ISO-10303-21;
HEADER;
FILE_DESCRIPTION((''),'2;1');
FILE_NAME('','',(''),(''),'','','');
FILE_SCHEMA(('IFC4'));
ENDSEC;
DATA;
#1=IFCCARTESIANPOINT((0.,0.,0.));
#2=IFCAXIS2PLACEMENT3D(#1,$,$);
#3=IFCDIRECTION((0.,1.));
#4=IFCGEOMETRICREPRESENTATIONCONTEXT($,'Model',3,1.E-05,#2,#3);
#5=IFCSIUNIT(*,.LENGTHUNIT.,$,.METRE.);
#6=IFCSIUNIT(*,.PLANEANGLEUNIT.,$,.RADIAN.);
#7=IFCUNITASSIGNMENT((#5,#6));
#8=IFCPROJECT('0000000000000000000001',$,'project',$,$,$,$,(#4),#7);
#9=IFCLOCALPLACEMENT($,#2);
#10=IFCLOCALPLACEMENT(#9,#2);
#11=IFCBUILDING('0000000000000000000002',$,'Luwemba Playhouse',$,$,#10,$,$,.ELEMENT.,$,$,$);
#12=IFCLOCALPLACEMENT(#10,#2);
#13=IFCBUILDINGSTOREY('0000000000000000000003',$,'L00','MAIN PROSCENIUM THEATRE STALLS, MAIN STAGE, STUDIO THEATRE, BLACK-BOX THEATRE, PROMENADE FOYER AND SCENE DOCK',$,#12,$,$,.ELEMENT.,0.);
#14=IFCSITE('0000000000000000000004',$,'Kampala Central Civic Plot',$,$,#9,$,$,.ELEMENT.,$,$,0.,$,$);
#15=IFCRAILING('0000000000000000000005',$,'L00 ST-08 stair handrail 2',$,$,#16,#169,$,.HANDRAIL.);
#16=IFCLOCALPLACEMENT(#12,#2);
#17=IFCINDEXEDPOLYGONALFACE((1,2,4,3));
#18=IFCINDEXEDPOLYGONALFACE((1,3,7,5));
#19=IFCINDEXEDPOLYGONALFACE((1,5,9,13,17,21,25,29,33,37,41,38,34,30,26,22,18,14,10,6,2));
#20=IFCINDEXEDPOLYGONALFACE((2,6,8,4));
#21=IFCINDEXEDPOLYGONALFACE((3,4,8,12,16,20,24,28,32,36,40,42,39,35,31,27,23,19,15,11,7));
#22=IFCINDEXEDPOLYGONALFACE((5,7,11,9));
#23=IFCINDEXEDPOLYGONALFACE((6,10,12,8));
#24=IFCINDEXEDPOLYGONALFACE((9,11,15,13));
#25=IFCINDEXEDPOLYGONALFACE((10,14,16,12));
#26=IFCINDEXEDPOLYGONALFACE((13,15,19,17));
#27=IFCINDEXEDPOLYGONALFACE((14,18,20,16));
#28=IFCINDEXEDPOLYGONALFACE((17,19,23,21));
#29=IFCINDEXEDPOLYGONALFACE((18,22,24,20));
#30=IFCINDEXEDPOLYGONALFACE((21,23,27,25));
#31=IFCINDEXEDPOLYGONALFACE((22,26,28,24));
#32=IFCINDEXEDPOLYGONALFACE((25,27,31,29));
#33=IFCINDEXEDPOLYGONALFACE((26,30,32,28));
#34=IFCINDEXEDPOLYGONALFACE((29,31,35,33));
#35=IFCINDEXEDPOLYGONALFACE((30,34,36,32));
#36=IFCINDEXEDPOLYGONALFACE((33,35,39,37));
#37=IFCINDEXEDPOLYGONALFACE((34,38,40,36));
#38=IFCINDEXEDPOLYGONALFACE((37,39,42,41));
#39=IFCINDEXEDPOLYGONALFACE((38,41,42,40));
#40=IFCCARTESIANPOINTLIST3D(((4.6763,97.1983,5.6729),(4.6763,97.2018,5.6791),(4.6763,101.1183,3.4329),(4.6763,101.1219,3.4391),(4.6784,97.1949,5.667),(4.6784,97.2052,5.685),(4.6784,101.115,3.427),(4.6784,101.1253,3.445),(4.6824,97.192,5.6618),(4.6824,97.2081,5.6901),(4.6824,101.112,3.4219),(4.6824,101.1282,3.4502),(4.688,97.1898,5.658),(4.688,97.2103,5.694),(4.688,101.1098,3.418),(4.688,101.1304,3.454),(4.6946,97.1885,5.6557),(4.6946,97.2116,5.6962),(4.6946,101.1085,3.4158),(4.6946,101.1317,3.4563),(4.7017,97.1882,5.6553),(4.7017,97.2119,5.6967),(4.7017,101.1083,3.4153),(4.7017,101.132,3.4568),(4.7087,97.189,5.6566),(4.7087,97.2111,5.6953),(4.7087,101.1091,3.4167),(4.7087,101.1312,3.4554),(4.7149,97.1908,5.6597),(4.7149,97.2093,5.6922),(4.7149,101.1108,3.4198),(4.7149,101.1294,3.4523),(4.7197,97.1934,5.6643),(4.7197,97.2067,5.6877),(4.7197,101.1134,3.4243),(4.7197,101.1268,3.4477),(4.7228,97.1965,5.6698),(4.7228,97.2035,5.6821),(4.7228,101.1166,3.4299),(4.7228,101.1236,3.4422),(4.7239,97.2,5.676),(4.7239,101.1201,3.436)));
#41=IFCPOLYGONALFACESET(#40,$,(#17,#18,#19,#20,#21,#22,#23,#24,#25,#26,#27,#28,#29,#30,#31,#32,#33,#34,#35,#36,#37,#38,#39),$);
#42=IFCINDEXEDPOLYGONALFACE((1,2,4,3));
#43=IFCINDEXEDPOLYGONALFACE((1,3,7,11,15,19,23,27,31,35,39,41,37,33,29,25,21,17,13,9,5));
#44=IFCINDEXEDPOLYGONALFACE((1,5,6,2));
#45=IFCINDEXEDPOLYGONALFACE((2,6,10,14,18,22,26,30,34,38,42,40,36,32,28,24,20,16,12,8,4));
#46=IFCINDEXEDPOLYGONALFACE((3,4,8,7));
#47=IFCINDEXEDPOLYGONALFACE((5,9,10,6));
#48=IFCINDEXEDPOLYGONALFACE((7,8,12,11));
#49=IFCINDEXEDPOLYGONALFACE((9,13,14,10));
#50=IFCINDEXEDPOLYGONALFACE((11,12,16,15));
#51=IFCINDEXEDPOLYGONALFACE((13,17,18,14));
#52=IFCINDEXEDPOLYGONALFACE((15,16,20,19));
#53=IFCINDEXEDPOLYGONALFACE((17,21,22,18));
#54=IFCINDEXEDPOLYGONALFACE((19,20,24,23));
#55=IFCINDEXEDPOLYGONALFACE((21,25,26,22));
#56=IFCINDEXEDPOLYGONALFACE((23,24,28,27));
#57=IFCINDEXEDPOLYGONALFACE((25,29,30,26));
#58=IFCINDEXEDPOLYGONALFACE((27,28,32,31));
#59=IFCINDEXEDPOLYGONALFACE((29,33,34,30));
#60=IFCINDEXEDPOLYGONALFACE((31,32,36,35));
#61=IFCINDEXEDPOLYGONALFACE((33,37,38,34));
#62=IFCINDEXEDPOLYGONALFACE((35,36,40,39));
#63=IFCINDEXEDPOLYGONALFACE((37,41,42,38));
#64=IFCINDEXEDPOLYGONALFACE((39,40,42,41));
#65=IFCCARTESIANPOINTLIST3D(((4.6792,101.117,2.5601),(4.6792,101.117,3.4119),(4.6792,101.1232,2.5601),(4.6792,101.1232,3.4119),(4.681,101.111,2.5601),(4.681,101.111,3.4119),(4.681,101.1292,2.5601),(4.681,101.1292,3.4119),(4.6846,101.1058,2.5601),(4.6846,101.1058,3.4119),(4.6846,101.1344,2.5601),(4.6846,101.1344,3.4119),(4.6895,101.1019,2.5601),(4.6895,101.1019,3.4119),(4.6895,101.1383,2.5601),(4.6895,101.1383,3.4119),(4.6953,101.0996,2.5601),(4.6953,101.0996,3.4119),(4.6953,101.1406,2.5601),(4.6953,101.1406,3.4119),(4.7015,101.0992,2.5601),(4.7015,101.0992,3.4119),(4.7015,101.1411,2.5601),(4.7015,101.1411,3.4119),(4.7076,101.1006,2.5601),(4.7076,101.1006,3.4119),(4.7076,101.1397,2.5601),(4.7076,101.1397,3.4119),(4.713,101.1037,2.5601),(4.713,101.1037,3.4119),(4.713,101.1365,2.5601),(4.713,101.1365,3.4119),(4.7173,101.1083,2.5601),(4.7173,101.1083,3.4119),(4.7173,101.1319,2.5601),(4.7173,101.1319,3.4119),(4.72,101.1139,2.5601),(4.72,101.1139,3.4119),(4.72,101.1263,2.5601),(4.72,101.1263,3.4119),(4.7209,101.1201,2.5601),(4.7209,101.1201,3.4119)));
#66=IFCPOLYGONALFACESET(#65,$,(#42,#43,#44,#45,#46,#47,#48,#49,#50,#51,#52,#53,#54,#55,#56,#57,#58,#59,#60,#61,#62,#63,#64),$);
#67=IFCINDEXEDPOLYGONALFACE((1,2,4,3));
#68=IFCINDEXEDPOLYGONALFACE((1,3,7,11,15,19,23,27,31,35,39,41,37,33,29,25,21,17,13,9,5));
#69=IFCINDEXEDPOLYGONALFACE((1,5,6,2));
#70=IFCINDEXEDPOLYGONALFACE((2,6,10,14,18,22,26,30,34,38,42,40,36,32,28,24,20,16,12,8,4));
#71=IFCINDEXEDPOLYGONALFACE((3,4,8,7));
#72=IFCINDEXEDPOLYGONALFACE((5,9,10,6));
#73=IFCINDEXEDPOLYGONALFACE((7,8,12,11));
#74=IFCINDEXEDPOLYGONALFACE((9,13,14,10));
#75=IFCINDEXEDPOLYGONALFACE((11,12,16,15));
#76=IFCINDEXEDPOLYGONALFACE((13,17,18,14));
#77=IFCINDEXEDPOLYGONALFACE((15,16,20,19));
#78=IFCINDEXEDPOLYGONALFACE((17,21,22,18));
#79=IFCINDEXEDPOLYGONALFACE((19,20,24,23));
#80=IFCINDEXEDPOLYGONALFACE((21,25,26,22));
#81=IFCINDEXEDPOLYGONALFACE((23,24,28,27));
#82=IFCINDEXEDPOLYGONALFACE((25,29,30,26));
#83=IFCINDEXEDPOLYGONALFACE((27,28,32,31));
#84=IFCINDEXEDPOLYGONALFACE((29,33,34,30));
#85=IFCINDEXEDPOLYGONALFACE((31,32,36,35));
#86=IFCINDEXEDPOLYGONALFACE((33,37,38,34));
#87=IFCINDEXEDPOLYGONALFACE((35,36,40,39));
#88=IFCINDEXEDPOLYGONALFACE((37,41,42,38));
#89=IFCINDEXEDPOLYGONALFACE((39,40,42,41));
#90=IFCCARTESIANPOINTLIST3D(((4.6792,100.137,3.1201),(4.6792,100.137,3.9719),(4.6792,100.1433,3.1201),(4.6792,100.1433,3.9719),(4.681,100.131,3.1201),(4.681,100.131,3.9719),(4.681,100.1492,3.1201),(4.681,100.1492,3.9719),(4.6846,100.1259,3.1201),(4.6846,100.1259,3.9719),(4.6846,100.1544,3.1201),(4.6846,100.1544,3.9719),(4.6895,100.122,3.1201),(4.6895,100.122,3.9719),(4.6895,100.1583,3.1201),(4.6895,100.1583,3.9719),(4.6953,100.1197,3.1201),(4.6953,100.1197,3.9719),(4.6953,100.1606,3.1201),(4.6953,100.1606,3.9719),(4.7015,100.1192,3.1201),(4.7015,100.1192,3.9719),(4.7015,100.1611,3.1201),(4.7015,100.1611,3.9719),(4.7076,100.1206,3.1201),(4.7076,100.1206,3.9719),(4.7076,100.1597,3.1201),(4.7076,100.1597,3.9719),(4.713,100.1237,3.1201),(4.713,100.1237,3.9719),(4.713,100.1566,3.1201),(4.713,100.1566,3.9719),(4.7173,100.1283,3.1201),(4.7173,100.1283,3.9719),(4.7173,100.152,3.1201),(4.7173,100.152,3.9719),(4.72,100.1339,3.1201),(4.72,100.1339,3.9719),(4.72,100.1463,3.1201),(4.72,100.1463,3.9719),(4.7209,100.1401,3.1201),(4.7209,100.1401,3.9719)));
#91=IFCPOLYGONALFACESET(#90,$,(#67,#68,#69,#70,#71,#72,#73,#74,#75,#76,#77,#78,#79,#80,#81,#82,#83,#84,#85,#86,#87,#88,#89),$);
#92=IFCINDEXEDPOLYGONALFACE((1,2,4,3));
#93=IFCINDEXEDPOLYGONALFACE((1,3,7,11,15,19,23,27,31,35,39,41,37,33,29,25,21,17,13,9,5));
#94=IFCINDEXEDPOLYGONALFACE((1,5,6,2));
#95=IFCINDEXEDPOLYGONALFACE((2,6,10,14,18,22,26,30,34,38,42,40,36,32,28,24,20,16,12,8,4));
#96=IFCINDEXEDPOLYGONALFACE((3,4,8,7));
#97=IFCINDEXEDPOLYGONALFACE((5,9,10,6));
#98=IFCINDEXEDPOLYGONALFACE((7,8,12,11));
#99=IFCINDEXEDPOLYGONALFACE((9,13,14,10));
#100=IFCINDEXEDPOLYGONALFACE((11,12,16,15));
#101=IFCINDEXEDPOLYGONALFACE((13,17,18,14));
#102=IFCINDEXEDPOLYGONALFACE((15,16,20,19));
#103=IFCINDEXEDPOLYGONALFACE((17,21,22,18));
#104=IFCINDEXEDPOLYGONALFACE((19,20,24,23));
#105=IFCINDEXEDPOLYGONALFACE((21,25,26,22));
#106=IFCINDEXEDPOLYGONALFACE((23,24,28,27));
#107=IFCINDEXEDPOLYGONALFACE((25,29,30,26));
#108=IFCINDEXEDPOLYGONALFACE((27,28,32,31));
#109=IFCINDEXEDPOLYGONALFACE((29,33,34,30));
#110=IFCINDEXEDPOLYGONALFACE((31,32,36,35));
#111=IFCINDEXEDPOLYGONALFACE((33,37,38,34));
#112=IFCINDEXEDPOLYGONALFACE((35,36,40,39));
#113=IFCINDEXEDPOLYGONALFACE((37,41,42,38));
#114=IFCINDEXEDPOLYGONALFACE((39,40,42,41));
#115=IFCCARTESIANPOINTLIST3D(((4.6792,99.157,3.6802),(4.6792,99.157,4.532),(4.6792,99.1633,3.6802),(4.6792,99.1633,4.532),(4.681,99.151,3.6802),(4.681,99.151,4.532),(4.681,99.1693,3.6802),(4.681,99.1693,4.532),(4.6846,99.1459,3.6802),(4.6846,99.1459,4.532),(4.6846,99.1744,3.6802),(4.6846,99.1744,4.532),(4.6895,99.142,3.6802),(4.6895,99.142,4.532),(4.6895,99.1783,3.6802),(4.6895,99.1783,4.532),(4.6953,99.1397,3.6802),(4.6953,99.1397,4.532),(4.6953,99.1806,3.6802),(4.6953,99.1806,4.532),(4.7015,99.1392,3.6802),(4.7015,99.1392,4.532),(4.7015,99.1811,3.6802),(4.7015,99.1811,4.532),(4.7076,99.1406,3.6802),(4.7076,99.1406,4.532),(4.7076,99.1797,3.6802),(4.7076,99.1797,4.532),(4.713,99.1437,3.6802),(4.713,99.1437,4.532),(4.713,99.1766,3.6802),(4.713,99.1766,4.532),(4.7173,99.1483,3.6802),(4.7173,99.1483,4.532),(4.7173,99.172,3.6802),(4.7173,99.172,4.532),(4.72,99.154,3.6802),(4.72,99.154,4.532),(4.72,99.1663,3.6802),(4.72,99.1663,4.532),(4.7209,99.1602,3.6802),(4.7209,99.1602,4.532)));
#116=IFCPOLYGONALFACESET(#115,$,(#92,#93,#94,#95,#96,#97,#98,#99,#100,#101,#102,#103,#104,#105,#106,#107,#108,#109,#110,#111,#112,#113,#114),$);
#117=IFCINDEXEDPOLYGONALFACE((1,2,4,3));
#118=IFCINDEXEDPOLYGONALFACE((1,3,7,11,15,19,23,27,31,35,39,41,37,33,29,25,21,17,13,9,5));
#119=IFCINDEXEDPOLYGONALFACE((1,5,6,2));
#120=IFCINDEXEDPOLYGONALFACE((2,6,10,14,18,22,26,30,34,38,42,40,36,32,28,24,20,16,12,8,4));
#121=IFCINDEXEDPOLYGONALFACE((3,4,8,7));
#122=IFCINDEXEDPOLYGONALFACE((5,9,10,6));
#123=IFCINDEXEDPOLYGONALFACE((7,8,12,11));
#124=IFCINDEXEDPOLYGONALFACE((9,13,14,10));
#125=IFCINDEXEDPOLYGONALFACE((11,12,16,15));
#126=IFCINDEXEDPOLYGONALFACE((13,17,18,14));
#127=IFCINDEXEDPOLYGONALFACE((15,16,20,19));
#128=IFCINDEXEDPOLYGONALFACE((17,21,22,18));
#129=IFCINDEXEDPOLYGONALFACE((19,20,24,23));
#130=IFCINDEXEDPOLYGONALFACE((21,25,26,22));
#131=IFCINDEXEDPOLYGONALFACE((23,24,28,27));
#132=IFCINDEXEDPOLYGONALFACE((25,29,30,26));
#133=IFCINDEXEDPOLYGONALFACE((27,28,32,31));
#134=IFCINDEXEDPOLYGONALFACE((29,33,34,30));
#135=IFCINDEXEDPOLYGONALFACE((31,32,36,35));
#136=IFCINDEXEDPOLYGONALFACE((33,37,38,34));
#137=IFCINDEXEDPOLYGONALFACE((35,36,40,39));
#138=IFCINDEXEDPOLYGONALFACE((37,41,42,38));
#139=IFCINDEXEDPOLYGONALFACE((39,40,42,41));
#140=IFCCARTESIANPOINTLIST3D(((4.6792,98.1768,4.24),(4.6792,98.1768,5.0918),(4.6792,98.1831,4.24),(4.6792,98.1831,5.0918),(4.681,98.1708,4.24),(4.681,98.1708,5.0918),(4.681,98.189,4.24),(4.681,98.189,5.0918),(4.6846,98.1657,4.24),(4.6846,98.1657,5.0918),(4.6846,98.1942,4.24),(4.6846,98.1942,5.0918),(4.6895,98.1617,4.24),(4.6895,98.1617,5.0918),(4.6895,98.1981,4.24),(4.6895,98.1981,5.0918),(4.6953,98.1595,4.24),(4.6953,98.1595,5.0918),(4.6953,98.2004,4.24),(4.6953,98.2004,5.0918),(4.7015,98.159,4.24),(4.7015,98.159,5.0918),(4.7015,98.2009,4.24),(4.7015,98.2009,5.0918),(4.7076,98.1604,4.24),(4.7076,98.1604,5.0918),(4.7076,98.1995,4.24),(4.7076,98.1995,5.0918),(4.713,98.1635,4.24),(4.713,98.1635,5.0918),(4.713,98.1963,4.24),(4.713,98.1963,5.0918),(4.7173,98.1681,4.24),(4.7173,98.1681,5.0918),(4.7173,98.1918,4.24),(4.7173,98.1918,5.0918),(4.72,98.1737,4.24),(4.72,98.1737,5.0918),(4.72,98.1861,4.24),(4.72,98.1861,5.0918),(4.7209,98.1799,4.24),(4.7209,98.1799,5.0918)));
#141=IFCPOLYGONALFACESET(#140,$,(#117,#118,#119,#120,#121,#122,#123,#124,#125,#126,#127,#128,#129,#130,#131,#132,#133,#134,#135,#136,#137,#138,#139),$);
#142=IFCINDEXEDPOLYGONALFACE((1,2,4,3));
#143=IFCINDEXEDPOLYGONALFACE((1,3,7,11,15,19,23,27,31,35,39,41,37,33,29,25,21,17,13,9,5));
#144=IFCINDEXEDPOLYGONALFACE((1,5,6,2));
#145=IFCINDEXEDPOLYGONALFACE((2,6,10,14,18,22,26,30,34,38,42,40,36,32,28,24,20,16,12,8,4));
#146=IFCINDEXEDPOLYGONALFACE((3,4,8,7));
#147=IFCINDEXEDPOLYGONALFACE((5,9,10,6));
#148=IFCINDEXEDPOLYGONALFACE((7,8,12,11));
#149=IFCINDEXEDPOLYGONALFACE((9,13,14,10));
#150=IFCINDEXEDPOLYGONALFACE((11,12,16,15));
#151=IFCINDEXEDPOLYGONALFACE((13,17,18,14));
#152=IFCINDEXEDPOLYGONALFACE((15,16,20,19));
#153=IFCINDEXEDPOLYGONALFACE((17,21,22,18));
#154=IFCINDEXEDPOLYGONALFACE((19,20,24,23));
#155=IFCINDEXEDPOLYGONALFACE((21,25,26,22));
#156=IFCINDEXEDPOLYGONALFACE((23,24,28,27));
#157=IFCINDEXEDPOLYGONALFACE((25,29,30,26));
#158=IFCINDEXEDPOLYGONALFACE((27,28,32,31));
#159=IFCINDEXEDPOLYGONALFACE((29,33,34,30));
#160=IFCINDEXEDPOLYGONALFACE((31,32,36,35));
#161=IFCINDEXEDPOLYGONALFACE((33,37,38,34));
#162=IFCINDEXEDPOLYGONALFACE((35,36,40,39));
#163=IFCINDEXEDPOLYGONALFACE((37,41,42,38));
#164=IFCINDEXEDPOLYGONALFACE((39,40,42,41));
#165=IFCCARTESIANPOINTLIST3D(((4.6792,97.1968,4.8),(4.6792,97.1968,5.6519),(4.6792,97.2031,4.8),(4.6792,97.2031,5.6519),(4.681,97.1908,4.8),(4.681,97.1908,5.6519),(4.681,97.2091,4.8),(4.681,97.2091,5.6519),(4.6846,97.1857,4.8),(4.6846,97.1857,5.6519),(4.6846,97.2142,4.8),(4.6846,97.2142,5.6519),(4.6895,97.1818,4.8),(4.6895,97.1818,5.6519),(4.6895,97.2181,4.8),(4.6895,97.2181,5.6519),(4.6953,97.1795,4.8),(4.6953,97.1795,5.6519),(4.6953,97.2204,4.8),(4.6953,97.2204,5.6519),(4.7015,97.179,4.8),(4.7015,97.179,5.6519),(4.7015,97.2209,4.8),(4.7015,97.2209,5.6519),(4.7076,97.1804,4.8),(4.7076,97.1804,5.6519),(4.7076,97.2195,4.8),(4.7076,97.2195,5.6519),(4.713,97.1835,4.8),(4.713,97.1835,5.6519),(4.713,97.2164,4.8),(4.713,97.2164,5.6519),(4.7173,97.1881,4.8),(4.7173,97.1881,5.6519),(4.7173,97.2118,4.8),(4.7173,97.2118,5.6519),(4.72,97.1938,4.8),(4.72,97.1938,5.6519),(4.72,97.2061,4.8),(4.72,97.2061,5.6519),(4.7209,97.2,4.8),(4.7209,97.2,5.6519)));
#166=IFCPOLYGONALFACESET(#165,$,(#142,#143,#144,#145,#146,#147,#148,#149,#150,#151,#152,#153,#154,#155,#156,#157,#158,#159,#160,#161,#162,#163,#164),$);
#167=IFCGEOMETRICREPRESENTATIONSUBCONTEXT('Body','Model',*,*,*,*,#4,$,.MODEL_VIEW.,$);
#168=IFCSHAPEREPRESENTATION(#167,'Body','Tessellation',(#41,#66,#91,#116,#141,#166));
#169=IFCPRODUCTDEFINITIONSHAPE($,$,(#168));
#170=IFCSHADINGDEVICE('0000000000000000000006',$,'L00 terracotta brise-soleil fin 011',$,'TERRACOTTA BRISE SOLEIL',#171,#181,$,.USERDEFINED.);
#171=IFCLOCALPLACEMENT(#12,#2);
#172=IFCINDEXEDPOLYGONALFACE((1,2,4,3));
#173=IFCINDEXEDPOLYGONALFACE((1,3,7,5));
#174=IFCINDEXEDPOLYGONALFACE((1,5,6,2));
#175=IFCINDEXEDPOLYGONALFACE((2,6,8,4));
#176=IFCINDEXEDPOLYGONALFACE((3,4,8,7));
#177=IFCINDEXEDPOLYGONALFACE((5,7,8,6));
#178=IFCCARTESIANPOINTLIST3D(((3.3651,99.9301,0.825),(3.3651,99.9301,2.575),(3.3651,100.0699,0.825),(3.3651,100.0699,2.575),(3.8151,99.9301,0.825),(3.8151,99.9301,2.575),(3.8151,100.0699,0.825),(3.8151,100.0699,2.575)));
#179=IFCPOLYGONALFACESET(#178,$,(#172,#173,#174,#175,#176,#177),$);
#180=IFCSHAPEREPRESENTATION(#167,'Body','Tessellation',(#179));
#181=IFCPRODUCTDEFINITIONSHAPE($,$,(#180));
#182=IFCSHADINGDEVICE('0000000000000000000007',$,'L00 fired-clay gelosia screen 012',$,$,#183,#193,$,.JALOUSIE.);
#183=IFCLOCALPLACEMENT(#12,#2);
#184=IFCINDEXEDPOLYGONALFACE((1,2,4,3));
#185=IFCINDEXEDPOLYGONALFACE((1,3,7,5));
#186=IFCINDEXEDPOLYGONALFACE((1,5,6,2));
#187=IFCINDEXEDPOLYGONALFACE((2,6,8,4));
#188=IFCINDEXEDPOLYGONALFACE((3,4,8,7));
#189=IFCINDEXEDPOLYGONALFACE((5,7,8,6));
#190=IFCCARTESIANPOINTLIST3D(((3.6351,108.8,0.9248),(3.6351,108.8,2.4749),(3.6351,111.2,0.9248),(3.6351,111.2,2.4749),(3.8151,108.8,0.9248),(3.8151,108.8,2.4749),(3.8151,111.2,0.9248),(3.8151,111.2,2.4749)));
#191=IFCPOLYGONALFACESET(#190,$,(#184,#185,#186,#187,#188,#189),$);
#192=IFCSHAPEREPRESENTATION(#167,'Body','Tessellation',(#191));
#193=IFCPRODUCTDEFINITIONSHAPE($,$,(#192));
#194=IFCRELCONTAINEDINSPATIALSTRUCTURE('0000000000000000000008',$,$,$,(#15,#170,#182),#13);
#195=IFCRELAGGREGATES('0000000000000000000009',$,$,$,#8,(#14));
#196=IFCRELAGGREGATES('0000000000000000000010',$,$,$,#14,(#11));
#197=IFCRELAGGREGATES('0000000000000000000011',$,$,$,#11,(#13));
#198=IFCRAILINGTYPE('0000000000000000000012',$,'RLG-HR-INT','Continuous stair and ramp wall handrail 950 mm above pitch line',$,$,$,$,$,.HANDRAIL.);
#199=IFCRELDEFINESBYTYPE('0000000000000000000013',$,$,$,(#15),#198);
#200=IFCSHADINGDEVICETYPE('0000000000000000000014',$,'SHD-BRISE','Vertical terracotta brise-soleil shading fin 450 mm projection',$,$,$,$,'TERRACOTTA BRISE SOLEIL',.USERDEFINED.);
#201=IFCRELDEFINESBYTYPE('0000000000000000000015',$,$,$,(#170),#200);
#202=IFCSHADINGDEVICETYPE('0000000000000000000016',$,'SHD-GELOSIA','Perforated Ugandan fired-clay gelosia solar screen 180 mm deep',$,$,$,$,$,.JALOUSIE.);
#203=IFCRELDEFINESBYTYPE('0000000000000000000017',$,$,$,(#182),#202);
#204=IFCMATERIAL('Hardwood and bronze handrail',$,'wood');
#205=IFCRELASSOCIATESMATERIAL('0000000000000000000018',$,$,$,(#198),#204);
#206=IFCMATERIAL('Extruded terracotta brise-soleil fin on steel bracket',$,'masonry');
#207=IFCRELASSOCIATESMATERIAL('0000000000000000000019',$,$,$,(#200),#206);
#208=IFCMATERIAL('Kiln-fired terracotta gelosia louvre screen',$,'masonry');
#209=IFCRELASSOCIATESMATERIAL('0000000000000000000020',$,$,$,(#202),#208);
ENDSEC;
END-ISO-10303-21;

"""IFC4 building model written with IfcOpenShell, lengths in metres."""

from ifc_helpers import new_model, si_unit, direction, frame, origin, origin_2d, place, context, subcontext, project, spatial, rectangle, circle, extrude, material, type_object, element, save


model = new_model("IFC4")

# Units and contexts
model_context = context("Model", 3, precision=1e-05, world=origin(), true_north=direction((0.0, 1.0)))
body_context = subcontext(model_context, "Body", "Model", "MODEL_VIEW")
ifc_project = project(units=[si_unit("LENGTHUNIT", "METRE"), si_unit("PLANEANGLEUNIT", "RADIAN")], contexts=[model_context])

# Site, building, storey
site_placement = place(None, origin())
site = spatial("IfcSite", under=ifc_project, at=site_placement, Name="Kampala Central Civic Plot", CompositionType="ELEMENT", RefElevation=0.0)
building_placement = place(site_placement, origin())
building = spatial("IfcBuilding", under=site, at=building_placement, Name="Luwemba Playhouse", CompositionType="ELEMENT")
storey_placement = place(building_placement, origin())
storey = spatial("IfcBuildingStorey", under=building, at=storey_placement, Name="L00", Description="MAIN PROSCENIUM THEATRE STALLS, MAIN STAGE, STUDIO THEATRE, BLACK-BOX THEATRE, PROMENADE FOYER AND SCENE DOCK", CompositionType="ELEMENT", Elevation=0.0)

# Railing
ifc_material_1 = material(Name="Hardwood and bronze handrail", Category="wood")
railing_type_1 = type_object("IfcRailingType", Name="RLG-HR-INT", Description="Continuous stair and ramp wall handrail 950 mm above pitch line", PredefinedType="HANDRAIL", material=ifc_material_1)
railing_1_placement = place(storey_placement, frame((4.7, 101.1201, 2.5601)))
element("IfcRailing", 1, at=railing_1_placement, inside=storey, type_object=railing_type_1, Name="L00 ST-08 stair handrail 2", PredefinedType="HANDRAIL", context=body_context, shape_type="SweptSolid", body=[
    extrude(circle(Radius=0.0239, at=origin_2d()), frame((0.0, 0.0, 0.876), z_axis=(0.0, -0.868253, 0.496121), x_axis=(1.0, 0.0, 0.0)), (0.0, 0.0, 1.0), 4.5149),
    extrude(circle(Radius=0.021, at=origin_2d()), origin(), (0.0, 0.0, 1.0), 0.8518),
    extrude(circle(Radius=0.021, at=origin_2d()), frame((0.0, -0.98, 0.5601)), (0.0, 0.0, 1.0), 0.8518),
    extrude(circle(Radius=0.021, at=origin_2d()), frame((0.0, -1.96, 1.1201)), (0.0, 0.0, 1.0), 0.8518),
    extrude(circle(Radius=0.021, at=origin_2d()), frame((0.0, -2.9402, 1.6799)), (0.0, 0.0, 1.0), 0.8518),
    extrude(circle(Radius=0.021, at=origin_2d()), frame((0.0, -3.9202, 2.24)), (0.0, 0.0, 1.0), 0.8518),
])

# Shading devices
ifc_material_2 = material(Name="Extruded terracotta brise-soleil fin on steel bracket", Category="masonry")
shading_device_type_1 = type_object("IfcShadingDeviceType", Name="SHD-BRISE", Description="Vertical terracotta brise-soleil shading fin 450 mm projection", ElementType="TERRACOTTA BRISE SOLEIL", PredefinedType="USERDEFINED", material=ifc_material_2)
shading_device_1_placement = place(storey_placement, frame((3.5901, 100.0, 0.825), z_axis=(0.0, 0.0, 1.0), x_axis=(0.0, 1.0, 0.0)))
element("IfcShadingDevice", 2, at=shading_device_1_placement, inside=storey, type_object=shading_device_type_1, Name="L00 terracotta brise-soleil fin 011", ObjectType="TERRACOTTA BRISE SOLEIL", PredefinedType="USERDEFINED", context=body_context, shape_type="SweptSolid", body=[
    extrude(rectangle(XDim=0.1399, YDim=0.45, at=origin_2d()), origin(), (0.0, 0.0, 1.0), 1.75),
])
ifc_material_3 = material(Name="Kiln-fired terracotta gelosia louvre screen", Category="masonry")
shading_device_type_2 = type_object("IfcShadingDeviceType", Name="SHD-GELOSIA", Description="Perforated Ugandan fired-clay gelosia solar screen 180 mm deep", PredefinedType="JALOUSIE", material=ifc_material_3)
shading_device_2_placement = place(storey_placement, frame((3.7251, 110.0, 0.9248), z_axis=(0.0, 0.0, 1.0), x_axis=(0.0, 1.0, 0.0)))
element("IfcShadingDevice", 3, at=shading_device_2_placement, inside=storey, type_object=shading_device_type_2, Name="L00 fired-clay gelosia screen 012", PredefinedType="JALOUSIE", context=body_context, shape_type="SweptSolid", body=[
    extrude(rectangle(XDim=2.3999, YDim=0.1799, at=origin_2d()), origin(), (0.0, 0.0, 1.0), 1.55),
])

save(model, "model.ifc")
